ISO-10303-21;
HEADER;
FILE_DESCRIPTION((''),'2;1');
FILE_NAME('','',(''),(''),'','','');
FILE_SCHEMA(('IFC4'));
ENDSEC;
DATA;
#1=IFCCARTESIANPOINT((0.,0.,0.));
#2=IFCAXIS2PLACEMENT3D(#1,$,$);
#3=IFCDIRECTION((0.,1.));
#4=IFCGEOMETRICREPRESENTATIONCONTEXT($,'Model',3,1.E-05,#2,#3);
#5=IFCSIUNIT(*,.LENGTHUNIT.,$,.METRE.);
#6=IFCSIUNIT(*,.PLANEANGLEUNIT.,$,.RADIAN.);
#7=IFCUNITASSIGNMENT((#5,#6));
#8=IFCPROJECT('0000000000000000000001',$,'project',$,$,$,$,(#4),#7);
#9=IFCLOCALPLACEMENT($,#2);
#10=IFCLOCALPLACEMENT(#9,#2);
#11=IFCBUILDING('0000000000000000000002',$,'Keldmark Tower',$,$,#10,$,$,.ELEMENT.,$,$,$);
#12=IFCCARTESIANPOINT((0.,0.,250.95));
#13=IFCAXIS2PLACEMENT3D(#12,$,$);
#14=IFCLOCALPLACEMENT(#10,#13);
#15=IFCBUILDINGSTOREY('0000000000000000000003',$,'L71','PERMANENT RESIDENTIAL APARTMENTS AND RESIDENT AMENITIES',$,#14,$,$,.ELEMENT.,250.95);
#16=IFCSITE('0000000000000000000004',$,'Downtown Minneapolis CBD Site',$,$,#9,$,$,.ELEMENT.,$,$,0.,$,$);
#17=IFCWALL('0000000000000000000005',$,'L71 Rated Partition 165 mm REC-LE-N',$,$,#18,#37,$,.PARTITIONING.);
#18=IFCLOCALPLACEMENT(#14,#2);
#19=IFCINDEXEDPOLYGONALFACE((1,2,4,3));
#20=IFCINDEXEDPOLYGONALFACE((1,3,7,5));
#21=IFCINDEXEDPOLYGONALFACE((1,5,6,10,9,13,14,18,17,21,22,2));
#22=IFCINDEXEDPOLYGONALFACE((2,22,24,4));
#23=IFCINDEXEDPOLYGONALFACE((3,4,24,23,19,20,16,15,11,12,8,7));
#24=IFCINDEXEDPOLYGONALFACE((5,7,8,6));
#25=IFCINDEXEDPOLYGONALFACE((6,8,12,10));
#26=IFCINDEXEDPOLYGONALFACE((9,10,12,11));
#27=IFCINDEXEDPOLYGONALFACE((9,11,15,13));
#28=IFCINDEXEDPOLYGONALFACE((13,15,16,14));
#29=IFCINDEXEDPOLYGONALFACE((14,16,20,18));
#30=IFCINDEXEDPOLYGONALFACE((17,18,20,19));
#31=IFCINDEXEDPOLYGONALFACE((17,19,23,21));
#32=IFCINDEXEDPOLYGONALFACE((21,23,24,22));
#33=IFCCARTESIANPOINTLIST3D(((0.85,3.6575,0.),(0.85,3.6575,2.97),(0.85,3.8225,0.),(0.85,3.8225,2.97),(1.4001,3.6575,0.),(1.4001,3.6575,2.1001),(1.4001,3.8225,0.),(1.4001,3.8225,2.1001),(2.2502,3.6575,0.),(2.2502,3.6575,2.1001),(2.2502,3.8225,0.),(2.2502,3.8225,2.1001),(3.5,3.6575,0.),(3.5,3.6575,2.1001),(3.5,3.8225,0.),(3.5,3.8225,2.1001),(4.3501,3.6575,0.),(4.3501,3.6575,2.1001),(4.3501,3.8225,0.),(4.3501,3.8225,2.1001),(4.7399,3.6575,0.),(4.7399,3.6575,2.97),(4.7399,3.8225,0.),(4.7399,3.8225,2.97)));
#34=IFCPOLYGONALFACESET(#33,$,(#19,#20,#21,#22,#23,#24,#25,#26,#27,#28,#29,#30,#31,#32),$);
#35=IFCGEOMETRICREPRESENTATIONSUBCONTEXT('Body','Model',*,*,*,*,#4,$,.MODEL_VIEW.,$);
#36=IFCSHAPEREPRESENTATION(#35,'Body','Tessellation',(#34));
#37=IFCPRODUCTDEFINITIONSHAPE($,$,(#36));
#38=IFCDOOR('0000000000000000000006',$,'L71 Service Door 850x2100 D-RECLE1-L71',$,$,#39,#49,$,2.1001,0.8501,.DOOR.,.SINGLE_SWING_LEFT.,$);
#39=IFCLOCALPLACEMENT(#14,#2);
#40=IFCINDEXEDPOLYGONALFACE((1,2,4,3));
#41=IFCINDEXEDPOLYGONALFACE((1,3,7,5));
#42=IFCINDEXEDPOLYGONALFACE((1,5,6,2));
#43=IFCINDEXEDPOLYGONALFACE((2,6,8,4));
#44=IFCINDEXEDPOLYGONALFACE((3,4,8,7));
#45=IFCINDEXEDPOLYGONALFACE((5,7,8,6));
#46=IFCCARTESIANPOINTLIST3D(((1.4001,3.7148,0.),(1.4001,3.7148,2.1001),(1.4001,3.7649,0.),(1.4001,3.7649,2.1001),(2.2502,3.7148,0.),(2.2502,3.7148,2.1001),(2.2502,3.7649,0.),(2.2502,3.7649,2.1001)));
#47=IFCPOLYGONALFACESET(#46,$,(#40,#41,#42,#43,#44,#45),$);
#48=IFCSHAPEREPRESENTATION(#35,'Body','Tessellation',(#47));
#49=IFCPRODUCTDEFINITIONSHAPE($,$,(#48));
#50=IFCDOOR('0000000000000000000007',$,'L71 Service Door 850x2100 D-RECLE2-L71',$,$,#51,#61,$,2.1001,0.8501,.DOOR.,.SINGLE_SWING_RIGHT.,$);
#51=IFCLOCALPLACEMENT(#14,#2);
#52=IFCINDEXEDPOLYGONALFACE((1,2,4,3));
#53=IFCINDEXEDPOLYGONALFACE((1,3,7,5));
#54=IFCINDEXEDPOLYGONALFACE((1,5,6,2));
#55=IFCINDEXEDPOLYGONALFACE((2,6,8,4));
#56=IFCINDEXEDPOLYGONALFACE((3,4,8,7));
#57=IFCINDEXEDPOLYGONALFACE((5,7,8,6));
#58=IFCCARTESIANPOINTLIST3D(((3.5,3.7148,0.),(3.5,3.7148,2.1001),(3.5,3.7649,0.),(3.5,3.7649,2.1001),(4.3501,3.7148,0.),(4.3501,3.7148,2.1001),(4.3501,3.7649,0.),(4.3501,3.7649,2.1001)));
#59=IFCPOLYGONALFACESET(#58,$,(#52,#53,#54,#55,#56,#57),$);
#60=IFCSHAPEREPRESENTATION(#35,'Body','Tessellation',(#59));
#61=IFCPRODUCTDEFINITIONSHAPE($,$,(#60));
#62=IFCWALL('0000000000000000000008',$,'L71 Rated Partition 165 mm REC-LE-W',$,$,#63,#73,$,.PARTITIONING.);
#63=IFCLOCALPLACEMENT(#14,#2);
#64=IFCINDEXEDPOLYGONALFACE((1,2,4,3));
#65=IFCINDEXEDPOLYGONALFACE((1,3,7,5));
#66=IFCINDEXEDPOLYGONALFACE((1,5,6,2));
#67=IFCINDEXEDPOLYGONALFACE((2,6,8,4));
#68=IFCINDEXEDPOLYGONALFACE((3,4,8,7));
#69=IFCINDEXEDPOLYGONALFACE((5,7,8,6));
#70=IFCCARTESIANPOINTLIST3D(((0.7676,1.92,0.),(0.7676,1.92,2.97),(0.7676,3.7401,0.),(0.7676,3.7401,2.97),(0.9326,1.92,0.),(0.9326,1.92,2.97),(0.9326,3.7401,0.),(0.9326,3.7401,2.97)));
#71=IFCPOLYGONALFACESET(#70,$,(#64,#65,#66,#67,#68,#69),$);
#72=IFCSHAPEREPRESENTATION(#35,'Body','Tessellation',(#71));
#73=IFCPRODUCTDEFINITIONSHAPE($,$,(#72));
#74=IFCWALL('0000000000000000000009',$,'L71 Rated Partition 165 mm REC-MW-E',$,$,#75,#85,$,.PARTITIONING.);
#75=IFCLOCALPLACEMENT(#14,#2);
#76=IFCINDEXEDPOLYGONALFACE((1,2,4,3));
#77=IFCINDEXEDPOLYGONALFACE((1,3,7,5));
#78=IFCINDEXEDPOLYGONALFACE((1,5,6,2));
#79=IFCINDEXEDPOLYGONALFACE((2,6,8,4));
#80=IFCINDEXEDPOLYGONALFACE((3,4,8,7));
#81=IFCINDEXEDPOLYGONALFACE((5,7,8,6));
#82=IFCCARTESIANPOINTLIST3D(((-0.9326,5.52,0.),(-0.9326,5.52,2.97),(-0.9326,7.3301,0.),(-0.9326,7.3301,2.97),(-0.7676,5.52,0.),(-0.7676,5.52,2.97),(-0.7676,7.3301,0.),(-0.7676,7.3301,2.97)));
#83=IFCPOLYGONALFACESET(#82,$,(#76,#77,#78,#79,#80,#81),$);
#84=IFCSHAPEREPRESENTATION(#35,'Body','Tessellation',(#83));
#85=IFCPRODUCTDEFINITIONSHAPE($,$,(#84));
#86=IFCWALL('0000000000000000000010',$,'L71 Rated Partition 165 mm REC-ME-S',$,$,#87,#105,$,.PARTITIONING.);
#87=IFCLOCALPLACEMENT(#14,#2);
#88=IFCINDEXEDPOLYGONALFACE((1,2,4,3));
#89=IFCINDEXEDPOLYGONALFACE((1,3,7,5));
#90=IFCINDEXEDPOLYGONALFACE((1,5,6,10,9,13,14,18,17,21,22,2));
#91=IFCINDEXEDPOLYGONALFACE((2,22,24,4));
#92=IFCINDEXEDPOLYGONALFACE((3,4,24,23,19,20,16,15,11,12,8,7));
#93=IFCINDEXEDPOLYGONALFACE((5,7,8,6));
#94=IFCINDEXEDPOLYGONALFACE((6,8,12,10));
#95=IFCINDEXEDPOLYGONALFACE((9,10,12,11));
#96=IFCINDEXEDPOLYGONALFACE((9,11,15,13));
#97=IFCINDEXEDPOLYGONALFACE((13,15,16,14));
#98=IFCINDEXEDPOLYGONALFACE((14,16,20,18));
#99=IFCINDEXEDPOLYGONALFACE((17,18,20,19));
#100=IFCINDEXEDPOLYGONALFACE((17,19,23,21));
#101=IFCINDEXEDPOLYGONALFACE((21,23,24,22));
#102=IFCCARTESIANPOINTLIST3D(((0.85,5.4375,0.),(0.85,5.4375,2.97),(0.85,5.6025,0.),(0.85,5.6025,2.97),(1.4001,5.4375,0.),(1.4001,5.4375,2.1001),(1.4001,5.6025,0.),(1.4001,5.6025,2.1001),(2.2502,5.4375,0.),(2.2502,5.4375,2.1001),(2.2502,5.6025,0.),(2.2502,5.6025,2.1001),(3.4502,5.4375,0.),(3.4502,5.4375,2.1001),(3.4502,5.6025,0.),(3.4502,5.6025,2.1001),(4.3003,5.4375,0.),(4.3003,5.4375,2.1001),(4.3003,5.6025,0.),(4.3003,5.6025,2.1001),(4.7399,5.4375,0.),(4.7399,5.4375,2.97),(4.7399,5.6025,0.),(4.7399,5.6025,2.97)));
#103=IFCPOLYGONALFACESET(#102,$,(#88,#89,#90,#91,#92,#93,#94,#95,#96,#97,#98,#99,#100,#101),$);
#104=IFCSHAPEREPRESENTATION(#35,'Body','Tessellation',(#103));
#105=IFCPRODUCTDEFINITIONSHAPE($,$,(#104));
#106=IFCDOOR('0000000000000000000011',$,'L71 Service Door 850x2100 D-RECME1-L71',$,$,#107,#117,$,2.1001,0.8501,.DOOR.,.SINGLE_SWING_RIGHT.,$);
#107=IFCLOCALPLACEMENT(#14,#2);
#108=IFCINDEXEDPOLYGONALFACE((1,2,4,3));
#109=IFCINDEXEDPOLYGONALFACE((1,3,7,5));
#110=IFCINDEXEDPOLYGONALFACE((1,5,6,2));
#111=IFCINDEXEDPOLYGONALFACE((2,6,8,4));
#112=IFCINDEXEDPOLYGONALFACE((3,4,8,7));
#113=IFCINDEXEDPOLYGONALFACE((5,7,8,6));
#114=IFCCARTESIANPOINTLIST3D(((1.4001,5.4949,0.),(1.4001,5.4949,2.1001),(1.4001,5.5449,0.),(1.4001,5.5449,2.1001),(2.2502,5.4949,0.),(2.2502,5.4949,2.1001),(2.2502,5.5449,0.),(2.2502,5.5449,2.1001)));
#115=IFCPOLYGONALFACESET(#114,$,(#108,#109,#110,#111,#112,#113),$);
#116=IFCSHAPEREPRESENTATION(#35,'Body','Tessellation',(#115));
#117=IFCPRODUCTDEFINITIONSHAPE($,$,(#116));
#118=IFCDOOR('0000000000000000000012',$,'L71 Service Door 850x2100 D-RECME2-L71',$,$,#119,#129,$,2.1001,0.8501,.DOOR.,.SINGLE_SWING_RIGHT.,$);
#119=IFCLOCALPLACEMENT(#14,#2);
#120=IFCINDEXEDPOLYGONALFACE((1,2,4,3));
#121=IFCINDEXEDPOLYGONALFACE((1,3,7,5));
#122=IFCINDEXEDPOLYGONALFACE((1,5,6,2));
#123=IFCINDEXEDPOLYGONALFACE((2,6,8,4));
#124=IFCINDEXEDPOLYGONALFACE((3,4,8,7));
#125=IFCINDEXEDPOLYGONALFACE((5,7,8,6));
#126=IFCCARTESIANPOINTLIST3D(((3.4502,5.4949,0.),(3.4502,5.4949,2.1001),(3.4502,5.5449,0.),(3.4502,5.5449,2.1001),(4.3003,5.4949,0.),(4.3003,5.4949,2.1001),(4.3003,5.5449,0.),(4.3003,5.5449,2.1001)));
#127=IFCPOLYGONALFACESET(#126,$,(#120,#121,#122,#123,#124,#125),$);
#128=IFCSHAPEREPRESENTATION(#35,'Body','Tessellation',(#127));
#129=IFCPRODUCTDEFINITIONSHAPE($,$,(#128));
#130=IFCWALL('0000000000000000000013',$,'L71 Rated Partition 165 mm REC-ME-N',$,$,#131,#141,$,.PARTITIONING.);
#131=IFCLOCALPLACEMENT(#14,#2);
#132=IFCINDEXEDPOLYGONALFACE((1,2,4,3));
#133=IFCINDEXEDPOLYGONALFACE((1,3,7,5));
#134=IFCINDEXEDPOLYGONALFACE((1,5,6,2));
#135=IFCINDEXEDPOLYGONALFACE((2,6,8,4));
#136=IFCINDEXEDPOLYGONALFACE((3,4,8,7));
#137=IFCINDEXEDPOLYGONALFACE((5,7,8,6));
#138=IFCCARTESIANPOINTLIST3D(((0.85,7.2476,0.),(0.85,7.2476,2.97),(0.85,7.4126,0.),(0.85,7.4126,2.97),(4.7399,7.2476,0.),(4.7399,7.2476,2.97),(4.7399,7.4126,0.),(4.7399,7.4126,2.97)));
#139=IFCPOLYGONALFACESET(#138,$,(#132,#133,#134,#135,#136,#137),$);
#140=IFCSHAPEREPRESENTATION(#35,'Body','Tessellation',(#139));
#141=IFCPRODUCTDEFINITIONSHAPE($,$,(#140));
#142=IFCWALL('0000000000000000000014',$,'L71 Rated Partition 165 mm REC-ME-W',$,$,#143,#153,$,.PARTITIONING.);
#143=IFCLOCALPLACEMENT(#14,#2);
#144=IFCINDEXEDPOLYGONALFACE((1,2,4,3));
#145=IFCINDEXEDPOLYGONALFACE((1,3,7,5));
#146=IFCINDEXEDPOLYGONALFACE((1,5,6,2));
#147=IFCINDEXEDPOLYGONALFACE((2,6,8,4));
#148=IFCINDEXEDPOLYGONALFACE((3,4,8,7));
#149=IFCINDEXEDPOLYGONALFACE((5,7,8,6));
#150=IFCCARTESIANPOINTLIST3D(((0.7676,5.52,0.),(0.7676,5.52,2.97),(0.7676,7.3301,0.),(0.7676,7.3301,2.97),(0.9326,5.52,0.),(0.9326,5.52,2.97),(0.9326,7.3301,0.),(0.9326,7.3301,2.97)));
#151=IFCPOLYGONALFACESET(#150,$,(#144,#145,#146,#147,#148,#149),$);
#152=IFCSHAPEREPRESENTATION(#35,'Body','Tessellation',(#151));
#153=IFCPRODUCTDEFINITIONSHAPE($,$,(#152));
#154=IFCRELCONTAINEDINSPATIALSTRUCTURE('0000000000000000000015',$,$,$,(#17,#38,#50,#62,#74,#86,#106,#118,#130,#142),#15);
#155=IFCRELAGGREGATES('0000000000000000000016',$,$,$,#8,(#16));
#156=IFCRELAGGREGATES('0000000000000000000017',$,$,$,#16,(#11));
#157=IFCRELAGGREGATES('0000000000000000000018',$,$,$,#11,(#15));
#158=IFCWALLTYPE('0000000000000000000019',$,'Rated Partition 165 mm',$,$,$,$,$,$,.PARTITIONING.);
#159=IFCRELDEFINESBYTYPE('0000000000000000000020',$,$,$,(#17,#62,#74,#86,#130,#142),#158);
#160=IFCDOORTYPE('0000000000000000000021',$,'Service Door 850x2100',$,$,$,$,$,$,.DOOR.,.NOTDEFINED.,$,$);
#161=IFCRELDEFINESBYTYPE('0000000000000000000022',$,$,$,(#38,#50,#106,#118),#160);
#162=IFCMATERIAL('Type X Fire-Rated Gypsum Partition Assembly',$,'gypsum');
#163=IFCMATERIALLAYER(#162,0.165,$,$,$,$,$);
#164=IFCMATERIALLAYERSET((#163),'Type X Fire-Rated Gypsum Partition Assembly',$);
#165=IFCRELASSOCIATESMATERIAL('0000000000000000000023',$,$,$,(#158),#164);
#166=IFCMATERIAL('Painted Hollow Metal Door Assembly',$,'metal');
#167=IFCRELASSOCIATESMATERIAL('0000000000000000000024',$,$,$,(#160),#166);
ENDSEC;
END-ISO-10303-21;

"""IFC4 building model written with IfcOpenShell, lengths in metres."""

from ifc_helpers import new_model, si_unit, direction, frame, frame_2d, origin, place, context, subcontext, project, spatial, rectangle, extrude, material, layer, layer_set, type_object, element, fill, save


model = new_model("IFC4")

# Units and contexts
model_context = context("Model", 3, precision=1e-05, world=origin(), true_north=direction((0.0, 1.0)))
body_context = subcontext(model_context, "Body", "Model", "MODEL_VIEW")
ifc_project = project(units=[si_unit("LENGTHUNIT", "METRE"), si_unit("PLANEANGLEUNIT", "RADIAN")], contexts=[model_context])

# Site, building, storey
site_placement = place(None, origin())
site = spatial("IfcSite", under=ifc_project, at=site_placement, Name="Downtown Minneapolis CBD Site", CompositionType="ELEMENT", RefElevation=0.0)
building_placement = place(site_placement, origin())
building = spatial("IfcBuilding", under=site, at=building_placement, Name="Keldmark Tower", CompositionType="ELEMENT")
storey_placement = place(building_placement, frame((0.0, 0.0, 250.95)))
storey = spatial("IfcBuildingStorey", under=building, at=storey_placement, Name="L71", Description="PERMANENT RESIDENTIAL APARTMENTS AND RESIDENT AMENITIES", CompositionType="ELEMENT", Elevation=250.95)

# Shared definitions
ifc_material_1 = material(Name="Type X Fire-Rated Gypsum Partition Assembly", Category="gypsum")
ifc_layer_1 = layer(ifc_material_1, 0.165)
ifc_layer_set_1 = layer_set([ifc_layer_1], Name="Type X Fire-Rated Gypsum Partition Assembly")
wall_type_1 = type_object("IfcWallType", Name="Rated Partition 165 mm", PredefinedType="PARTITIONING", material=ifc_layer_set_1)

# Wall, openings, doors
wall_1_placement = place(storey_placement, frame((0.8501, 3.74, 0.0), z_axis=(0.0, 0.0, 1.0), x_axis=(1.0, 0.0, 0.0)))
wall_1 = element("IfcWall", 1, at=wall_1_placement, inside=storey, type_object=wall_type_1, Name="L71 Rated Partition 165 mm REC-LE-N", PredefinedType="PARTITIONING", context=body_context, shape_type="SweptSolid", body=[
    extrude(rectangle(XDim=3.8899, YDim=0.165, at=frame_2d((1.9448, 0.0))), origin(), (0.0, 0.0, 1.0), 2.97),
])
opening_1_placement = place(wall_1_placement, frame((0.55, 0.0, 0.0)))
opening_1 = element("IfcOpeningElement", 2, at=opening_1_placement, cuts=wall_1, PredefinedType="OPENING", context=body_context, shape_type="SweptSolid", body=[
    extrude(rectangle(XDim=0.8501, YDim=2.1001, at=frame_2d((0.425, 1.05))), frame((0.0, 0.0925, 0.0), z_axis=(0.0, -1.0, 0.0), x_axis=(1.0, 0.0, 0.0)), (0.0, 0.0, 1.0), 0.1851),
])
opening_2_placement = place(wall_1_placement, frame((2.6499, 0.0, 0.0)))
opening_2 = element("IfcOpeningElement", 3, at=opening_2_placement, cuts=wall_1, PredefinedType="OPENING", context=body_context, shape_type="SweptSolid", body=[
    extrude(rectangle(XDim=0.8501, YDim=2.1001, at=frame_2d((0.425, 1.05))), frame((0.0, 0.0925, 0.0), z_axis=(0.0, -1.0, 0.0), x_axis=(1.0, 0.0, 0.0)), (0.0, 0.0, 1.0), 0.1851),
])
ifc_material_2 = material(Name="Painted Hollow Metal Door Assembly", Category="metal")
door_type_1 = type_object("IfcDoorType", Name="Service Door 850x2100", OperationType="NOTDEFINED", PredefinedType="DOOR", material=ifc_material_2)
door_1_placement = place(opening_1_placement, origin())
door_1 = element("IfcDoor", 4, at=door_1_placement, inside=storey, type_object=door_type_1, Name="L71 Service Door 850x2100 D-RECLE1-L71", OperationType="SINGLE_SWING_LEFT", OverallHeight=2.1001, OverallWidth=0.8501, PredefinedType="DOOR", context=body_context, shape_type="SweptSolid", body=[
    extrude(rectangle(XDim=0.8501, YDim=2.1001, at=frame_2d((0.425, 1.05))), frame((0.0, 0.0249, 0.0), z_axis=(0.0, -1.0, 0.0), x_axis=(1.0, 0.0, 0.0)), (0.0, 0.0, 1.0), 0.05),
])
fill(opening_1, door_1)
door_2_placement = place(opening_2_placement, origin())
door_2 = element("IfcDoor", 5, at=door_2_placement, inside=storey, type_object=door_type_1, Name="L71 Service Door 850x2100 D-RECLE2-L71", OperationType="SINGLE_SWING_RIGHT", OverallHeight=2.1001, OverallWidth=0.8501, PredefinedType="DOOR", context=body_context, shape_type="SweptSolid", body=[
    extrude(rectangle(XDim=0.8501, YDim=2.1001, at=frame_2d((0.425, 1.05))), frame((0.0, 0.0249, 0.0), z_axis=(0.0, -1.0, 0.0), x_axis=(1.0, 0.0, 0.0)), (0.0, 0.0, 1.0), 0.05),
])
fill(opening_2, door_2)

# Walls
wall_2_placement = place(storey_placement, frame((0.8501, 1.9199, 0.0), z_axis=(0.0, 0.0, 1.0), x_axis=(0.0, 1.0, 0.0)))
element("IfcWall", 6, at=wall_2_placement, inside=storey, type_object=wall_type_1, Name="L71 Rated Partition 165 mm REC-LE-W", PredefinedType="PARTITIONING", context=body_context, shape_type="SweptSolid", body=[
    extrude(rectangle(XDim=1.8201, YDim=0.165, at=frame_2d((0.9102, 0.0))), origin(), (0.0, 0.0, 1.0), 2.97),
])
wall_3_placement = place(storey_placement, frame((-0.8501, 5.52, 0.0), z_axis=(0.0, 0.0, 1.0), x_axis=(0.0, 1.0, 0.0)))
element("IfcWall", 7, at=wall_3_placement, inside=storey, type_object=wall_type_1, Name="L71 Rated Partition 165 mm REC-MW-E", PredefinedType="PARTITIONING", context=body_context, shape_type="SweptSolid", body=[
    extrude(rectangle(XDim=1.8101, YDim=0.165, at=frame_2d((0.905, 0.0))), origin(), (0.0, 0.0, 1.0), 2.97),
])

# Wall, openings, doors
wall_4_placement = place(storey_placement, frame((0.8501, 5.52, 0.0), z_axis=(0.0, 0.0, 1.0), x_axis=(1.0, 0.0, 0.0)))
wall_4 = element("IfcWall", 8, at=wall_4_placement, inside=storey, type_object=wall_type_1, Name="L71 Rated Partition 165 mm REC-ME-S", PredefinedType="PARTITIONING", context=body_context, shape_type="SweptSolid", body=[
    extrude(rectangle(XDim=3.8899, YDim=0.165, at=frame_2d((1.9448, 0.0))), origin(), (0.0, 0.0, 1.0), 2.97),
])
opening_3_placement = place(wall_4_placement, frame((0.55, 0.0, 0.0)))
opening_3 = element("IfcOpeningElement", 9, at=opening_3_placement, cuts=wall_4, PredefinedType="OPENING", context=body_context, shape_type="SweptSolid", body=[
    extrude(rectangle(XDim=0.8501, YDim=2.1001, at=frame_2d((0.425, 1.05))), frame((0.0, 0.0925, 0.0), z_axis=(0.0, -1.0, 0.0), x_axis=(1.0, 0.0, 0.0)), (0.0, 0.0, 1.0), 0.1851),
])
opening_4_placement = place(wall_4_placement, frame((2.6001, 0.0, 0.0)))
opening_4 = element("IfcOpeningElement", 10, at=opening_4_placement, cuts=wall_4, PredefinedType="OPENING", context=body_context, shape_type="SweptSolid", body=[
    extrude(rectangle(XDim=0.8501, YDim=2.1001, at=frame_2d((0.425, 1.05))), frame((0.0, 0.0925, 0.0), z_axis=(0.0, -1.0, 0.0), x_axis=(1.0, 0.0, 0.0)), (0.0, 0.0, 1.0), 0.1851),
])
door_3_placement = place(opening_3_placement, origin())
door_3 = element("IfcDoor", 11, at=door_3_placement, inside=storey, type_object=door_type_1, Name="L71 Service Door 850x2100 D-RECME1-L71", OperationType="SINGLE_SWING_RIGHT", OverallHeight=2.1001, OverallWidth=0.8501, PredefinedType="DOOR", context=body_context, shape_type="SweptSolid", body=[
    extrude(rectangle(XDim=0.8501, YDim=2.1001, at=frame_2d((0.425, 1.05))), frame((0.0, 0.0249, 0.0), z_axis=(0.0, -1.0, 0.0), x_axis=(1.0, 0.0, 0.0)), (0.0, 0.0, 1.0), 0.05),
])
fill(opening_3, door_3)
door_4_placement = place(opening_4_placement, origin())
door_4 = element("IfcDoor", 12, at=door_4_placement, inside=storey, type_object=door_type_1, Name="L71 Service Door 850x2100 D-RECME2-L71", OperationType="SINGLE_SWING_RIGHT", OverallHeight=2.1001, OverallWidth=0.8501, PredefinedType="DOOR", context=body_context, shape_type="SweptSolid", body=[
    extrude(rectangle(XDim=0.8501, YDim=2.1001, at=frame_2d((0.425, 1.05))), frame((0.0, 0.0249, 0.0), z_axis=(0.0, -1.0, 0.0), x_axis=(1.0, 0.0, 0.0)), (0.0, 0.0, 1.0), 0.05),
])
fill(opening_4, door_4)

# Walls
wall_5_placement = place(storey_placement, frame((0.8501, 7.3301, 0.0), z_axis=(0.0, 0.0, 1.0), x_axis=(1.0, 0.0, 0.0)))
element("IfcWall", 13, at=wall_5_placement, inside=storey, type_object=wall_type_1, Name="L71 Rated Partition 165 mm REC-ME-N", PredefinedType="PARTITIONING", context=body_context, shape_type="SweptSolid", body=[
    extrude(rectangle(XDim=3.8899, YDim=0.165, at=frame_2d((1.9448, 0.0))), origin(), (0.0, 0.0, 1.0), 2.97),
])
wall_6_placement = place(storey_placement, frame((0.8501, 5.52, 0.0), z_axis=(0.0, 0.0, 1.0), x_axis=(0.0, 1.0, 0.0)))
element("IfcWall", 14, at=wall_6_placement, inside=storey, type_object=wall_type_1, Name="L71 Rated Partition 165 mm REC-ME-W", PredefinedType="PARTITIONING", context=body_context, shape_type="SweptSolid", body=[
    extrude(rectangle(XDim=1.8101, YDim=0.165, at=frame_2d((0.905, 0.0))), origin(), (0.0, 0.0, 1.0), 2.97),
])

save(model, "model.ifc")
